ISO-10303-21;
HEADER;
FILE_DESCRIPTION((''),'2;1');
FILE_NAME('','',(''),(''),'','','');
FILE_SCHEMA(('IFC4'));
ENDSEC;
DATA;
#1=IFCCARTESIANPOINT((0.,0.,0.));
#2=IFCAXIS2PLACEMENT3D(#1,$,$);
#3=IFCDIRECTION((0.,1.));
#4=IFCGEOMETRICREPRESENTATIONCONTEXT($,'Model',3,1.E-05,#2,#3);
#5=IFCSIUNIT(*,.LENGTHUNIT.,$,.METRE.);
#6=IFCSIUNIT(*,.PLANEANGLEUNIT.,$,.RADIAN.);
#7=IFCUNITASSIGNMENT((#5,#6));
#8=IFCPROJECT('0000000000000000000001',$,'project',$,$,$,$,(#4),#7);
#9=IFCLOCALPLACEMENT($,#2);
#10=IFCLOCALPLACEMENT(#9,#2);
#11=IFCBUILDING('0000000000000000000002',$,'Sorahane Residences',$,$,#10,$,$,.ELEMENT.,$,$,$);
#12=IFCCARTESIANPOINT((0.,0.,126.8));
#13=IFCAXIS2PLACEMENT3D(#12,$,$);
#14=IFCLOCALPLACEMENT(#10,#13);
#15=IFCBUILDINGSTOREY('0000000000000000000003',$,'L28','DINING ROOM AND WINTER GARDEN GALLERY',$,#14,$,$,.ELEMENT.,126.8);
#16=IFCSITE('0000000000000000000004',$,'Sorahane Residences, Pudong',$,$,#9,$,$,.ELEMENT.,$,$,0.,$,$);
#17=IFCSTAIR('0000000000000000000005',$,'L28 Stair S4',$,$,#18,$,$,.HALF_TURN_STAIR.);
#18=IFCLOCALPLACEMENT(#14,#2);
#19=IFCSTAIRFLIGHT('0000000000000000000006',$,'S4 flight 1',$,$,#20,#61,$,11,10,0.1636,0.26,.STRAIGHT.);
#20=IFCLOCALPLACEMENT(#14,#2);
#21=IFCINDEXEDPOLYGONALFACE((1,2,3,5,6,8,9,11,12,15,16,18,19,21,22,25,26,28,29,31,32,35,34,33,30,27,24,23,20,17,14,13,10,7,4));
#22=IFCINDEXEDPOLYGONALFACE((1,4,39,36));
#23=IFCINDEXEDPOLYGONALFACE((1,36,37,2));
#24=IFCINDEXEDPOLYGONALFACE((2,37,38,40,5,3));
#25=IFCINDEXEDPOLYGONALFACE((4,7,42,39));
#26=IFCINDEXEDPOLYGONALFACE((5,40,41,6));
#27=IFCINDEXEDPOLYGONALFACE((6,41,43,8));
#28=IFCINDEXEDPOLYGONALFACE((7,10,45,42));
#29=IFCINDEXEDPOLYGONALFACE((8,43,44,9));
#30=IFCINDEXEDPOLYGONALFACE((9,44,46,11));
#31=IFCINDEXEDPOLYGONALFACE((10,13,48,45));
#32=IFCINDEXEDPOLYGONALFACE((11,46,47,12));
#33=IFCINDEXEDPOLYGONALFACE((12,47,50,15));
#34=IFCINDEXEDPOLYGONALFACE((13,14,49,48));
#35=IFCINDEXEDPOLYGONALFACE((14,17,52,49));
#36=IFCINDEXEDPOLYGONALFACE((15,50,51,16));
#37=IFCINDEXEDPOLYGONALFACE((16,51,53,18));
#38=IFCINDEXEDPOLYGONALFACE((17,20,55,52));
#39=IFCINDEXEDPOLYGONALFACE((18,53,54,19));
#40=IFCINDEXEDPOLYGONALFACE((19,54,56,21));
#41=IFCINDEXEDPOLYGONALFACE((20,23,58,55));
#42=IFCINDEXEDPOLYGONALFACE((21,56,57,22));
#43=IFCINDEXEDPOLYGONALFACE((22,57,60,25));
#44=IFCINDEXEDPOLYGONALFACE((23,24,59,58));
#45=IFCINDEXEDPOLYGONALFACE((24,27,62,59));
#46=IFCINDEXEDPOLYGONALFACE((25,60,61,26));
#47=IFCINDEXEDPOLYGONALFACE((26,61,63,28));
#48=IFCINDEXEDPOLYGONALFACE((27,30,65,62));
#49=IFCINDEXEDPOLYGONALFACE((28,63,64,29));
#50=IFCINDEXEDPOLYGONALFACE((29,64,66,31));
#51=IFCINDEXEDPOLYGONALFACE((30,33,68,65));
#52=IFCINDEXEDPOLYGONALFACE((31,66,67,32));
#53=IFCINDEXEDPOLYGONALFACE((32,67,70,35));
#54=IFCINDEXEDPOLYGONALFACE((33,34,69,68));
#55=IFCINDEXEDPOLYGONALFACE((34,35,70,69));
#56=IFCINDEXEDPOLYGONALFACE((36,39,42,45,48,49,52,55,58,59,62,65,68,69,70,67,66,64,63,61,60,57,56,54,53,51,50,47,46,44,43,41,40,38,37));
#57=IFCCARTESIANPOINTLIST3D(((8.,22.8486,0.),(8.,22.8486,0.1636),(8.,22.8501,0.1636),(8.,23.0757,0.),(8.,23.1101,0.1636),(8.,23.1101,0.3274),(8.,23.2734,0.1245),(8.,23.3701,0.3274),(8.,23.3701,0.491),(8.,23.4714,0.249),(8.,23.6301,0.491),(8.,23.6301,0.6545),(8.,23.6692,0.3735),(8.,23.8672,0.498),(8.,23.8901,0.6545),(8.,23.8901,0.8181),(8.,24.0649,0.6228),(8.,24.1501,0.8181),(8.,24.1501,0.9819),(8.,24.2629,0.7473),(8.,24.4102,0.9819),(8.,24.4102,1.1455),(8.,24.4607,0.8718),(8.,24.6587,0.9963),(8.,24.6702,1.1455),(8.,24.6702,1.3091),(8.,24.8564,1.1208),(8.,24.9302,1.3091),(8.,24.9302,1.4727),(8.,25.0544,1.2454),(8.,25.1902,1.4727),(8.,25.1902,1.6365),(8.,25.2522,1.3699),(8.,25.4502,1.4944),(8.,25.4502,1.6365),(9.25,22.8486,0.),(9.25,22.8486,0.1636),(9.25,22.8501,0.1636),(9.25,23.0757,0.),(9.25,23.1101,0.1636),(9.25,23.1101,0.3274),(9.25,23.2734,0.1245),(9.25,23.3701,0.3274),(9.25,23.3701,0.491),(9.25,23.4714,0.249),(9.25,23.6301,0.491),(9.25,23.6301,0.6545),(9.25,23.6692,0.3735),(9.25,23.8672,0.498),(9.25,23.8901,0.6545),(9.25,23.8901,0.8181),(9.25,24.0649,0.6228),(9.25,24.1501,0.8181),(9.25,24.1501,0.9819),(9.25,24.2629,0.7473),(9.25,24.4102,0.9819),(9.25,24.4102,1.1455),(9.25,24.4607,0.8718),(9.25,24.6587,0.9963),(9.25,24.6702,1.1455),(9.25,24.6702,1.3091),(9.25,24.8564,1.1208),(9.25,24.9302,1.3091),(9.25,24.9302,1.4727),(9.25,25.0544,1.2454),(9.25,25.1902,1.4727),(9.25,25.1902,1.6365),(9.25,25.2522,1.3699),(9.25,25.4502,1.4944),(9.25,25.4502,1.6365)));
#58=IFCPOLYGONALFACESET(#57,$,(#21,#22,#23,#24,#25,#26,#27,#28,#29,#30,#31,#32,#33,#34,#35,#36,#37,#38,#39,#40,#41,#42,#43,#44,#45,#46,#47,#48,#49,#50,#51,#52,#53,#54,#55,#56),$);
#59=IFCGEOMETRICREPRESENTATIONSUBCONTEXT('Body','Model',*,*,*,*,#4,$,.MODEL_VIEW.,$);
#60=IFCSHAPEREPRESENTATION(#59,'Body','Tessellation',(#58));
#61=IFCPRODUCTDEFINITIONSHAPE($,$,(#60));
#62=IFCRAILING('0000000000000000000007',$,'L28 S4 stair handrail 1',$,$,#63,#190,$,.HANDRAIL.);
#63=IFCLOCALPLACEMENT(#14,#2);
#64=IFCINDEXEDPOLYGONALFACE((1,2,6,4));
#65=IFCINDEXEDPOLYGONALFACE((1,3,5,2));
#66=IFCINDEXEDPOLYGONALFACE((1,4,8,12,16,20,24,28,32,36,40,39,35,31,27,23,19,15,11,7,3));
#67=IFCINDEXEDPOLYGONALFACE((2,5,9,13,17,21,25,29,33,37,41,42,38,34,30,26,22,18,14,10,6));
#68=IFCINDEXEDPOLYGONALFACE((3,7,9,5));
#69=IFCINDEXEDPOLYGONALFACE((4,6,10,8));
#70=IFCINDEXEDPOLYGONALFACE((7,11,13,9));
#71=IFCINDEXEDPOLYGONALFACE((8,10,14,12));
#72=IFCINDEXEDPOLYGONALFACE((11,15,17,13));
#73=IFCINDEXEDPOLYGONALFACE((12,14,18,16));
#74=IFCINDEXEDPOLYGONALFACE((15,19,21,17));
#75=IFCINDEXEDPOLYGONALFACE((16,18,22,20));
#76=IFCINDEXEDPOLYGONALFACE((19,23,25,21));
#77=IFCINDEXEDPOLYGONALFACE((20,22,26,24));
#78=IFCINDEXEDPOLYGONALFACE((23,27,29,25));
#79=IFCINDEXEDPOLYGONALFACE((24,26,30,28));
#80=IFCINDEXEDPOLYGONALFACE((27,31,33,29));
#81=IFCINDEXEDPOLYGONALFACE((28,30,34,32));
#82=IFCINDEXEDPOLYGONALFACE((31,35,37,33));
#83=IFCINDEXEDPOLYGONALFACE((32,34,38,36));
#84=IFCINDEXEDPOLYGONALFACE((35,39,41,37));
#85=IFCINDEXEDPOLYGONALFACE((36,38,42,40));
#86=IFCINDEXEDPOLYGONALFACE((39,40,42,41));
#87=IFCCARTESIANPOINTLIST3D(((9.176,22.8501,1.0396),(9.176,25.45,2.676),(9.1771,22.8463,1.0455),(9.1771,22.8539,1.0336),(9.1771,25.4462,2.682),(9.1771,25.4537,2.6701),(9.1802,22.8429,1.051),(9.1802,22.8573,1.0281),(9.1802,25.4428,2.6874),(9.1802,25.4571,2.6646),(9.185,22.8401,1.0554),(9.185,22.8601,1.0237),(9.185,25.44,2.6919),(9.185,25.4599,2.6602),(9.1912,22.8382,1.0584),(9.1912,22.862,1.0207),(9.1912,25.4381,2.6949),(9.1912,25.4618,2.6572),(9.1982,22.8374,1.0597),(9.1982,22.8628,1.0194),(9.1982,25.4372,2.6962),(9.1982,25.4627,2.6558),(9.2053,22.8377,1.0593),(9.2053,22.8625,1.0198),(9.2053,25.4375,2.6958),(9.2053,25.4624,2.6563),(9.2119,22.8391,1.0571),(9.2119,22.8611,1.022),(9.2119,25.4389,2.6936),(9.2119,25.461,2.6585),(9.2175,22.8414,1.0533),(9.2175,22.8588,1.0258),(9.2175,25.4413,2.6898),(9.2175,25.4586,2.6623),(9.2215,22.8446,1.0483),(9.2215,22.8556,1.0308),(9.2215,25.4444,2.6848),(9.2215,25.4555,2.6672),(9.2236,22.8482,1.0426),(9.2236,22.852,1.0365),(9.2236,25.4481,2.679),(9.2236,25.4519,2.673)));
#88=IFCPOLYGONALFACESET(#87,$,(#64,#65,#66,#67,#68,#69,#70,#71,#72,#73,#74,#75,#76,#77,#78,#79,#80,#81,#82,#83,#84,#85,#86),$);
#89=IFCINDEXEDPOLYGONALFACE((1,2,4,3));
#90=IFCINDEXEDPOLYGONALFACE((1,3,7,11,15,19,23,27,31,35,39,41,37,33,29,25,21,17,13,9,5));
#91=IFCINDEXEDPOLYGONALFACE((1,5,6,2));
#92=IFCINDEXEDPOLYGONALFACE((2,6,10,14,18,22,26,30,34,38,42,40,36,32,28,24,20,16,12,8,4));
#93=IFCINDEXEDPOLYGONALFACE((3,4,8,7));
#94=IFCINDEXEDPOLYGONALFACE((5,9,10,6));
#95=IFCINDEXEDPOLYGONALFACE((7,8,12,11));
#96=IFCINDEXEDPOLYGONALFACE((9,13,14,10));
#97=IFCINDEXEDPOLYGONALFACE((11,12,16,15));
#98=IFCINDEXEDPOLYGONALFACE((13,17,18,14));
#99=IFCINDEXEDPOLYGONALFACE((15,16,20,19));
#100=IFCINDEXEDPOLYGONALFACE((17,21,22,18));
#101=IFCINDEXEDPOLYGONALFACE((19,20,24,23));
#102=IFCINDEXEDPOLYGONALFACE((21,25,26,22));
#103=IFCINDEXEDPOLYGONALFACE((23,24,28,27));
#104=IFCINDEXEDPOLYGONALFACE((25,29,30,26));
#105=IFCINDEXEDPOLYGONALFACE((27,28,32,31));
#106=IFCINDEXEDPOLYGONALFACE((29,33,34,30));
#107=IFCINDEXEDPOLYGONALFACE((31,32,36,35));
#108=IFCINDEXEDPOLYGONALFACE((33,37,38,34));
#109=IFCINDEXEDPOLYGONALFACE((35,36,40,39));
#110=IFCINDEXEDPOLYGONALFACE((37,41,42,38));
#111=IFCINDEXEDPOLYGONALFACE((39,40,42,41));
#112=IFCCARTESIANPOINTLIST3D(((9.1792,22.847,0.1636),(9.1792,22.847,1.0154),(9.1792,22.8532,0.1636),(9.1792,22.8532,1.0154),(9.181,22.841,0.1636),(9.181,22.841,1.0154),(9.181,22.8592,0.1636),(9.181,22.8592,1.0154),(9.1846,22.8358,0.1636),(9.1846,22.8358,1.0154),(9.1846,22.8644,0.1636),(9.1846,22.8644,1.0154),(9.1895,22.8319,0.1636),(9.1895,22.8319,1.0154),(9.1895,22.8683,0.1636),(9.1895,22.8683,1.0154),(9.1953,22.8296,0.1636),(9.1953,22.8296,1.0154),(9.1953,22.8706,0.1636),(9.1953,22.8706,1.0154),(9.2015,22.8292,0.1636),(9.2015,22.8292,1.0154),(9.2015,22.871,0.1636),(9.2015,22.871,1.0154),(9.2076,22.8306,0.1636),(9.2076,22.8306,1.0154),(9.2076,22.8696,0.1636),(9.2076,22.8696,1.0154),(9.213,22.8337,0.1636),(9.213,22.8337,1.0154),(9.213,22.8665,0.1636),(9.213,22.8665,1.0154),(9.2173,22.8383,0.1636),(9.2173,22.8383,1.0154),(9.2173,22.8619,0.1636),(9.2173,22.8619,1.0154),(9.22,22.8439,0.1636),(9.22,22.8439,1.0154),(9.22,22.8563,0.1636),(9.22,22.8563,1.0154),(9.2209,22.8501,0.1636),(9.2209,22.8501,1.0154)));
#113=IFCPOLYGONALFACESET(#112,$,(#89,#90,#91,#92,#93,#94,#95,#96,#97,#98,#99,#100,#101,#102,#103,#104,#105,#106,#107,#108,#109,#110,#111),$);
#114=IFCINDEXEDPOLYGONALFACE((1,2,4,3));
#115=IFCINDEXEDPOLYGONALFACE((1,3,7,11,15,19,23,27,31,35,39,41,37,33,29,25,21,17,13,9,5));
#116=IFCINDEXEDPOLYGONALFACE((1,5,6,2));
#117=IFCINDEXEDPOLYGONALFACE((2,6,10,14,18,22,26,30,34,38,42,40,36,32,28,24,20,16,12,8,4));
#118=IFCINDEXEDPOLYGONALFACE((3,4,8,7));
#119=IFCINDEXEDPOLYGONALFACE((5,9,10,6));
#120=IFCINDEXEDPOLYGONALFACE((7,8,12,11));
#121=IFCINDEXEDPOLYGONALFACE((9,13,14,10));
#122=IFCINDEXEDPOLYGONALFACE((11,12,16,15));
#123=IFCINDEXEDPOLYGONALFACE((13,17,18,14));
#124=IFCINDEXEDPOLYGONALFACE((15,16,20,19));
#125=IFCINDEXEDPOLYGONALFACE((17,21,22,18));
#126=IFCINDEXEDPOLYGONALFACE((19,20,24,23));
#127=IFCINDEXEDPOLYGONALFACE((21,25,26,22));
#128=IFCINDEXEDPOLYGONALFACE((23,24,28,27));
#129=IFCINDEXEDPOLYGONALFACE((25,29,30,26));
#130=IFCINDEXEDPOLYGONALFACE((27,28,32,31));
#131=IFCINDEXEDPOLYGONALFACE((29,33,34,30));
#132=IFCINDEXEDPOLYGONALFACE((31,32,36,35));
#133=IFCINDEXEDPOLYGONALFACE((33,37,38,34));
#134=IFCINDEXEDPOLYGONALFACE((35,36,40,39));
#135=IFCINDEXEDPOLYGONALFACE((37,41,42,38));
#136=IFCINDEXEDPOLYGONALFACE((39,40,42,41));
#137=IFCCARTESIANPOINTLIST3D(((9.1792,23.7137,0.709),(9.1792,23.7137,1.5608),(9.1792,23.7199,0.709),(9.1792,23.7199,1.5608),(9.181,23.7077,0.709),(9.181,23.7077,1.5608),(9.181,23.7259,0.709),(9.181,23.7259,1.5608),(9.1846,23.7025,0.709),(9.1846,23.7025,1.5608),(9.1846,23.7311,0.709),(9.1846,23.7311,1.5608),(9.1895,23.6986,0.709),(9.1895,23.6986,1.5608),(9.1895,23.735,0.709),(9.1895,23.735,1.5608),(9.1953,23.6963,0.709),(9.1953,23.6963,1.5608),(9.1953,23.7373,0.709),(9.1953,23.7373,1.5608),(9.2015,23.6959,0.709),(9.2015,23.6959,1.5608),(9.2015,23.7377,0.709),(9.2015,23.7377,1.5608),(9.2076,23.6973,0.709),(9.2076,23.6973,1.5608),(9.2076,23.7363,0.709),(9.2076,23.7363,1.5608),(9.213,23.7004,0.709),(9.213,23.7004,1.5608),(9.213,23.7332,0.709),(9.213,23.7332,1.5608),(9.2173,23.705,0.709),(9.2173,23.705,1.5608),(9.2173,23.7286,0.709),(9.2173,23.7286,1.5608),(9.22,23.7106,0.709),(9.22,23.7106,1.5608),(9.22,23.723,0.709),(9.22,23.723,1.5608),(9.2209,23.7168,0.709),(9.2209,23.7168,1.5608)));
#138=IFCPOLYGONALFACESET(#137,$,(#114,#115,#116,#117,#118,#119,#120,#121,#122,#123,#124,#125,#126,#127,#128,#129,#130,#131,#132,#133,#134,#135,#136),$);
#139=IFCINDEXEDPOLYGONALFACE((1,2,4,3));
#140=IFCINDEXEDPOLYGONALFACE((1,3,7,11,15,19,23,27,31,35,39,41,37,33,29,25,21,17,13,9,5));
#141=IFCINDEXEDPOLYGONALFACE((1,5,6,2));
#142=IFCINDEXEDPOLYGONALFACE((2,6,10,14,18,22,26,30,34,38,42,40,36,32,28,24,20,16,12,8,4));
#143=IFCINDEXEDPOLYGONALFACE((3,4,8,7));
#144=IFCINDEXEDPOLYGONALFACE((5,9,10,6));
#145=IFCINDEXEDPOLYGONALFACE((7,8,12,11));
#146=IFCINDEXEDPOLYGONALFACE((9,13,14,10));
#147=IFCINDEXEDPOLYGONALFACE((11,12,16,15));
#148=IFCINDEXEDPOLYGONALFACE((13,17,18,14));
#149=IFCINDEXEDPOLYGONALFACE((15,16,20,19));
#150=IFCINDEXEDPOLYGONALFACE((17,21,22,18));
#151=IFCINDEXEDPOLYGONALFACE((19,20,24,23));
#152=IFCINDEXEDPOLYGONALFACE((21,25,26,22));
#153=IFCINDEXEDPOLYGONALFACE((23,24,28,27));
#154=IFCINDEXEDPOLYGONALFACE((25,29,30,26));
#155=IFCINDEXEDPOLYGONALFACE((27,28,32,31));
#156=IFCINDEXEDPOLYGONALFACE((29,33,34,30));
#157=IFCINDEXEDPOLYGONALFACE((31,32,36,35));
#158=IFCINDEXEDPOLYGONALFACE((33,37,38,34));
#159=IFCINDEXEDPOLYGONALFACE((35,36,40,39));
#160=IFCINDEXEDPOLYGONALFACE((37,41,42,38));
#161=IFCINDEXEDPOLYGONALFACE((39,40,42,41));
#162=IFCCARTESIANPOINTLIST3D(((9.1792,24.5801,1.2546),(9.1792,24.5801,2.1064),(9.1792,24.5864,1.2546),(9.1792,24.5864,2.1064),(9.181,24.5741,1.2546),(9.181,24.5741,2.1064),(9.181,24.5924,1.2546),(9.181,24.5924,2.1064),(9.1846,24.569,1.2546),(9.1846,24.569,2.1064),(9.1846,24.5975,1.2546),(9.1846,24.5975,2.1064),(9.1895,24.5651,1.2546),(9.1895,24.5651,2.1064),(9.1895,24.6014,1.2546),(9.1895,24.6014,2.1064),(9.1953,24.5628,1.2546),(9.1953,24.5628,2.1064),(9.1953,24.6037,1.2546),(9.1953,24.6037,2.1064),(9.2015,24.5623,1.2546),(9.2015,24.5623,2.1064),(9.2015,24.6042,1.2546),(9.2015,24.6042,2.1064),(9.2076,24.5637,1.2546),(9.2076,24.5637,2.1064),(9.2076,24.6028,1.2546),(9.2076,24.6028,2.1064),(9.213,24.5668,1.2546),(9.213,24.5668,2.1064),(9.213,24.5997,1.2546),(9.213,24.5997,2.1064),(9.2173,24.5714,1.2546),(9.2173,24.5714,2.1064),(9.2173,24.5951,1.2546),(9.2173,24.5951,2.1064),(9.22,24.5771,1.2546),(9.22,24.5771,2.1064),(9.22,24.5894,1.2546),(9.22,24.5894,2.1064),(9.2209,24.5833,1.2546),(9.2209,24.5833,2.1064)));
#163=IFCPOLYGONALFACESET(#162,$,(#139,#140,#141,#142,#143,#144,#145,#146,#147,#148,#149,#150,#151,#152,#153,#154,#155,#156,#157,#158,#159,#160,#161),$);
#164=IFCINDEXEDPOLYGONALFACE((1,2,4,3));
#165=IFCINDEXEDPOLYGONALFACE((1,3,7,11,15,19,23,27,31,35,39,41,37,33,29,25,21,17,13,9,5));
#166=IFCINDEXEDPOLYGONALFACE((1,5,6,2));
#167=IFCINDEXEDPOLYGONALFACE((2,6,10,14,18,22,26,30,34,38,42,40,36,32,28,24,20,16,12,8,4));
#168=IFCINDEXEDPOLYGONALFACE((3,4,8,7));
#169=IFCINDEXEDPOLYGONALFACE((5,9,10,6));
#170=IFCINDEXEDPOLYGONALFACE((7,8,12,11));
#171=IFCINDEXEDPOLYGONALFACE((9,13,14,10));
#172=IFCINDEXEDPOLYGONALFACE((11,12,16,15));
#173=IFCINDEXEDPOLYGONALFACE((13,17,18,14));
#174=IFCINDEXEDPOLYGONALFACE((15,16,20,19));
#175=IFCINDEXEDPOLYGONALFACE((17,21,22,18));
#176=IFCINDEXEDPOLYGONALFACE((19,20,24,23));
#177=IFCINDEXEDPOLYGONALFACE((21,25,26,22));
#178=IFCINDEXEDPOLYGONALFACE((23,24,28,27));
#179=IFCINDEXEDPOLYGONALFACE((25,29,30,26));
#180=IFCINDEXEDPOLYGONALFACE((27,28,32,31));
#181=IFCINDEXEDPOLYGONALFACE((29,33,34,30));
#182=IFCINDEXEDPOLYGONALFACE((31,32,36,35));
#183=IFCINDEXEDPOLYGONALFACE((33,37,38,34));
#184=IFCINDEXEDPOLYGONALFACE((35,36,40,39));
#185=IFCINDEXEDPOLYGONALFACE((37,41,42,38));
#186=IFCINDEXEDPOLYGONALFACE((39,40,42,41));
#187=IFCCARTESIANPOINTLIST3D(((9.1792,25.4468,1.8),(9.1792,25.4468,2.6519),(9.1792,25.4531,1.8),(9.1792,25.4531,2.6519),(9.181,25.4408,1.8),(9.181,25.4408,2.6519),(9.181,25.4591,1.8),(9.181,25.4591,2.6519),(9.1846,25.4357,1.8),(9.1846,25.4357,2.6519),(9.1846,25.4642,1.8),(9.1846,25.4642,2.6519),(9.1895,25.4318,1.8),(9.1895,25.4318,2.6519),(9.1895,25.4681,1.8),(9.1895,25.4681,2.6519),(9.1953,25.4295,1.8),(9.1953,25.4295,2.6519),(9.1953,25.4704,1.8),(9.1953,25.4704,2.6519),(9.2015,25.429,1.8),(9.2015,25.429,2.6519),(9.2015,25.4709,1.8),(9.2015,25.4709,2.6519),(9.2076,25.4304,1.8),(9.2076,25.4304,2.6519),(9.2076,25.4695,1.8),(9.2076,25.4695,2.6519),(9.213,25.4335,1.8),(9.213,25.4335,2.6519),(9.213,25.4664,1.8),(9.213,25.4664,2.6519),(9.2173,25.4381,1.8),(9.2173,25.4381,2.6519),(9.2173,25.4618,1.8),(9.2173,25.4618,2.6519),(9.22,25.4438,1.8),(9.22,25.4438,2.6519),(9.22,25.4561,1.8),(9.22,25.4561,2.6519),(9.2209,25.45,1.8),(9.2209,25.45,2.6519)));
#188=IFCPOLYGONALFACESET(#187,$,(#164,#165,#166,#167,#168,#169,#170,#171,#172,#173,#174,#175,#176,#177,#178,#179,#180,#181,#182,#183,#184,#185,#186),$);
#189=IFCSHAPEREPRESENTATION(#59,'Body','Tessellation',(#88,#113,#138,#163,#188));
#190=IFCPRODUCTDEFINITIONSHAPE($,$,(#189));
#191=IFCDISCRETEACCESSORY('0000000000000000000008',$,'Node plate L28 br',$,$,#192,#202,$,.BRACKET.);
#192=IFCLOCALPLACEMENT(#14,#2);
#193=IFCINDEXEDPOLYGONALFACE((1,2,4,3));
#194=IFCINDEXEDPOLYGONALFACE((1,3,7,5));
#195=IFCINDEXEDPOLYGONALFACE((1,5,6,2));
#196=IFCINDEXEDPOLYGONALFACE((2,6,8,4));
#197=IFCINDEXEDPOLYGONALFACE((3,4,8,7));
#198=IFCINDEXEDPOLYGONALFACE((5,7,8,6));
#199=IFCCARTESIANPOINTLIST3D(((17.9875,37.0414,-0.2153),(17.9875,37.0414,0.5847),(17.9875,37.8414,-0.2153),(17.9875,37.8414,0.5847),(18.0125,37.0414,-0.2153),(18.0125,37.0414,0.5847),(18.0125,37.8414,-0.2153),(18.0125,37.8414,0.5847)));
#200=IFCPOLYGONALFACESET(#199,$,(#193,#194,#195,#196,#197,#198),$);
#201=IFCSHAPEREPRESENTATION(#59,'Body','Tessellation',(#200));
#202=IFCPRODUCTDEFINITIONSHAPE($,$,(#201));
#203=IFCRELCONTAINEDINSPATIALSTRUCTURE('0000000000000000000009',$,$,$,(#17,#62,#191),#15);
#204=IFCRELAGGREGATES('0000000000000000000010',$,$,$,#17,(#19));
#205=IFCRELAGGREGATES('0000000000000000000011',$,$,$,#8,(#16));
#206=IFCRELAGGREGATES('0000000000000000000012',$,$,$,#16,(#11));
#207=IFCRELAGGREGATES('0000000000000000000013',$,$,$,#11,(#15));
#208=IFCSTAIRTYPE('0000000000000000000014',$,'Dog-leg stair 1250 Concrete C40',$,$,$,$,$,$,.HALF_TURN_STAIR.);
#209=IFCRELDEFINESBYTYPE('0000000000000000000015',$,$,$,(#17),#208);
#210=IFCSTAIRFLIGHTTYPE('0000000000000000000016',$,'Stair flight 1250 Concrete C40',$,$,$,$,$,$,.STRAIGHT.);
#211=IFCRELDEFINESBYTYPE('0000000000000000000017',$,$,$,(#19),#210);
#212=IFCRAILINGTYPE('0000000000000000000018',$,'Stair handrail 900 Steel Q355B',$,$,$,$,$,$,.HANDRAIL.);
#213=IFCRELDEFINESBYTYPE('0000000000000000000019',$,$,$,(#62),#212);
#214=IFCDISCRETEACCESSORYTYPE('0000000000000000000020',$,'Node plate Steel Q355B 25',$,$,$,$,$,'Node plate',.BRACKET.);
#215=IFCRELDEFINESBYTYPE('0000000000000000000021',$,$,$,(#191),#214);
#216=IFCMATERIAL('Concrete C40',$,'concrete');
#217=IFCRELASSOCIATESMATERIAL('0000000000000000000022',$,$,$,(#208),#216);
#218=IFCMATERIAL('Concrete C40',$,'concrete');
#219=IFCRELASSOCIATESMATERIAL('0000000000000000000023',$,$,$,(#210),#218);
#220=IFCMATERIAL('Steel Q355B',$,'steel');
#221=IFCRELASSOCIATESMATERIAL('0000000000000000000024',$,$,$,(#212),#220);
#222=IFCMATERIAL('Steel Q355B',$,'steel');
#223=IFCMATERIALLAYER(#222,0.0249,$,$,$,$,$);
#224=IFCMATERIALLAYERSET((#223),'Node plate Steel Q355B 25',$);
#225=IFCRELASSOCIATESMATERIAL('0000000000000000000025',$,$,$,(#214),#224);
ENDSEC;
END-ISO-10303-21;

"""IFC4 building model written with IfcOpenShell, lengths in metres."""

from ifc_helpers import new_model, si_unit, direction, frame, origin, origin_2d, place, context, subcontext, project, spatial, polyline, rectangle, circle, outline, extrude, material, layer, layer_set, type_object, element, aggregate, save


model = new_model("IFC4")

# Units and contexts
model_context = context("Model", 3, precision=1e-05, world=origin(), true_north=direction((0.0, 1.0)))
body_context = subcontext(model_context, "Body", "Model", "MODEL_VIEW")
ifc_project = project(units=[si_unit("LENGTHUNIT", "METRE"), si_unit("PLANEANGLEUNIT", "RADIAN")], contexts=[model_context])

# Site, building, storey
site_placement = place(None, origin())
site = spatial("IfcSite", under=ifc_project, at=site_placement, Name="Sorahane Residences, Pudong", CompositionType="ELEMENT", RefElevation=0.0)
building_placement = place(site_placement, origin())
building = spatial("IfcBuilding", under=site, at=building_placement, Name="Sorahane Residences", CompositionType="ELEMENT")
storey_placement = place(building_placement, frame((0.0, 0.0, 126.8)))
storey = spatial("IfcBuildingStorey", under=building, at=storey_placement, Name="L28", Description="DINING ROOM AND WINTER GARDEN GALLERY", CompositionType="ELEMENT", Elevation=126.8)

# Stair, stair flight
ifc_material_1 = material(Name="Concrete C40", Category="concrete")
stair_type = type_object("IfcStairType", Name="Dog-leg stair 1250 Concrete C40", PredefinedType="HALF_TURN_STAIR", material=ifc_material_1)
ifc_material_2 = material(Name="Concrete C40", Category="concrete")
stair_flight_type = type_object("IfcStairFlightType", Name="Stair flight 1250 Concrete C40", PredefinedType="STRAIGHT", material=ifc_material_2)
stair_1_placement = place(storey_placement, origin())
stair_1 = element("IfcStair", 1, at=stair_1_placement, inside=storey, type_object=stair_type, Name="L28 Stair S4", PredefinedType="HALF_TURN_STAIR")
stair_flight_1_placement = place(storey_placement, frame((8.625, 22.8501, 0.0), z_axis=(0.0, 0.0, 1.0), x_axis=(0.0, 1.0, 0.0)))
stair_flight_1 = element("IfcStairFlight", 2, at=stair_flight_1_placement, type_object=stair_flight_type, Name="S4 flight 1", NumberOfRisers=11, NumberOfTreads=10, PredefinedType="STRAIGHT", RiserHeight=0.1636, TreadLength=0.26, context=body_context, shape_type="SweptSolid", body=[
    extrude(outline(polyline([(-0.0015, 0.0), (-0.0015, 0.1636), (0.0, 0.1636), (0.26, 0.1636), (0.26, 0.3274), (0.52, 0.3274), (0.52, 0.491), (0.78, 0.491), (0.78, 0.6545), (1.04, 0.6545), (1.04, 0.8181), (1.3, 0.8181), (1.3, 0.9819), (1.5601, 0.9819), (1.5601, 1.1455), (1.8201, 1.1455), (1.8201, 1.3091), (2.0801, 1.3091), (2.0801, 1.4727), (2.3401, 1.4727), (2.3401, 1.6365), (2.6001, 1.6365), (2.6001, 1.8), (2.6001, 1.4944), (2.4021, 1.3699), (2.2043, 1.2454), (2.0063, 1.1208), (1.8086, 0.9963), (1.6106, 0.8718), (1.4128, 0.7473), (1.2148, 0.6228), (1.0171, 0.498), (0.8191, 0.3735), (0.6213, 0.249), (0.4233, 0.1245), (0.2256, 0.0), (-0.0015, 0.0)])), frame((0.0, 0.625, 0.0), z_axis=(0.0, -1.0, 0.0), x_axis=(1.0, 0.0, 0.0)), (0.0, 0.0, 1.0), 1.25),
])
aggregate(stair_1, [stair_flight_1])

# Railing
ifc_material_3 = material(Name="Steel Q355B", Category="steel")
railing_type = type_object("IfcRailingType", Name="Stair handrail 900 Steel Q355B", PredefinedType="HANDRAIL", material=ifc_material_3)
railing_placement = place(storey_placement, frame((9.2, 22.8501, 0.1636)))
element("IfcRailing", 3, at=railing_placement, inside=storey, type_object=railing_type, Name="L28 S4 stair handrail 1", PredefinedType="HANDRAIL", context=body_context, shape_type="SweptSolid", body=[
    extrude(circle(Radius=0.0239, at=origin_2d()), frame((0.0, 0.0, 0.876), z_axis=(0.0, 0.846302, 0.532704), x_axis=(-1.0, 0.0, 0.0)), (0.0, 0.0, 1.0), 3.072),
    extrude(circle(Radius=0.021, at=origin_2d()), origin(), (0.0, 0.0, 1.0), 0.8518),
    extrude(circle(Radius=0.021, at=origin_2d()), frame((0.0, 0.8667, 0.5454)), (0.0, 0.0, 1.0), 0.8518),
    extrude(circle(Radius=0.021, at=origin_2d()), frame((0.0, 1.7332, 1.0911)), (0.0, 0.0, 1.0), 0.8518),
    extrude(circle(Radius=0.021, at=origin_2d()), frame((0.0, 2.5999, 1.6365)), (0.0, 0.0, 1.0), 0.8518),
])

# Discrete accessory
ifc_material_4 = material(Name="Steel Q355B", Category="steel")
ifc_layer_1 = layer(ifc_material_4, 0.0249)
ifc_layer_set_1 = layer_set([ifc_layer_1], Name="Node plate Steel Q355B 25")
discrete_accessory_type = type_object("IfcDiscreteAccessoryType", Name="Node plate Steel Q355B 25", ElementType="Node plate", PredefinedType="BRACKET", material=ifc_layer_set_1)
for number, where, z_axis, x_axis, name in (
    (4, (18.0, 37.4414, -0.2153), (0.0, 0.0, 1.0), (0.0, 1.0, 0.0), "Node plate L28 br"),
):
    element("IfcDiscreteAccessory", number, at=place(storey_placement, frame(where, z_axis=z_axis, x_axis=x_axis)), inside=storey, type_object=discrete_accessory_type, Name=name, PredefinedType="BRACKET", context=body_context, shape_type="SweptSolid", body=[
        extrude(rectangle(XDim=0.8, YDim=0.0249, at=origin_2d()), origin(), (0.0, 0.0, 1.0), 0.8),
    ])

save(model, "model.ifc")
